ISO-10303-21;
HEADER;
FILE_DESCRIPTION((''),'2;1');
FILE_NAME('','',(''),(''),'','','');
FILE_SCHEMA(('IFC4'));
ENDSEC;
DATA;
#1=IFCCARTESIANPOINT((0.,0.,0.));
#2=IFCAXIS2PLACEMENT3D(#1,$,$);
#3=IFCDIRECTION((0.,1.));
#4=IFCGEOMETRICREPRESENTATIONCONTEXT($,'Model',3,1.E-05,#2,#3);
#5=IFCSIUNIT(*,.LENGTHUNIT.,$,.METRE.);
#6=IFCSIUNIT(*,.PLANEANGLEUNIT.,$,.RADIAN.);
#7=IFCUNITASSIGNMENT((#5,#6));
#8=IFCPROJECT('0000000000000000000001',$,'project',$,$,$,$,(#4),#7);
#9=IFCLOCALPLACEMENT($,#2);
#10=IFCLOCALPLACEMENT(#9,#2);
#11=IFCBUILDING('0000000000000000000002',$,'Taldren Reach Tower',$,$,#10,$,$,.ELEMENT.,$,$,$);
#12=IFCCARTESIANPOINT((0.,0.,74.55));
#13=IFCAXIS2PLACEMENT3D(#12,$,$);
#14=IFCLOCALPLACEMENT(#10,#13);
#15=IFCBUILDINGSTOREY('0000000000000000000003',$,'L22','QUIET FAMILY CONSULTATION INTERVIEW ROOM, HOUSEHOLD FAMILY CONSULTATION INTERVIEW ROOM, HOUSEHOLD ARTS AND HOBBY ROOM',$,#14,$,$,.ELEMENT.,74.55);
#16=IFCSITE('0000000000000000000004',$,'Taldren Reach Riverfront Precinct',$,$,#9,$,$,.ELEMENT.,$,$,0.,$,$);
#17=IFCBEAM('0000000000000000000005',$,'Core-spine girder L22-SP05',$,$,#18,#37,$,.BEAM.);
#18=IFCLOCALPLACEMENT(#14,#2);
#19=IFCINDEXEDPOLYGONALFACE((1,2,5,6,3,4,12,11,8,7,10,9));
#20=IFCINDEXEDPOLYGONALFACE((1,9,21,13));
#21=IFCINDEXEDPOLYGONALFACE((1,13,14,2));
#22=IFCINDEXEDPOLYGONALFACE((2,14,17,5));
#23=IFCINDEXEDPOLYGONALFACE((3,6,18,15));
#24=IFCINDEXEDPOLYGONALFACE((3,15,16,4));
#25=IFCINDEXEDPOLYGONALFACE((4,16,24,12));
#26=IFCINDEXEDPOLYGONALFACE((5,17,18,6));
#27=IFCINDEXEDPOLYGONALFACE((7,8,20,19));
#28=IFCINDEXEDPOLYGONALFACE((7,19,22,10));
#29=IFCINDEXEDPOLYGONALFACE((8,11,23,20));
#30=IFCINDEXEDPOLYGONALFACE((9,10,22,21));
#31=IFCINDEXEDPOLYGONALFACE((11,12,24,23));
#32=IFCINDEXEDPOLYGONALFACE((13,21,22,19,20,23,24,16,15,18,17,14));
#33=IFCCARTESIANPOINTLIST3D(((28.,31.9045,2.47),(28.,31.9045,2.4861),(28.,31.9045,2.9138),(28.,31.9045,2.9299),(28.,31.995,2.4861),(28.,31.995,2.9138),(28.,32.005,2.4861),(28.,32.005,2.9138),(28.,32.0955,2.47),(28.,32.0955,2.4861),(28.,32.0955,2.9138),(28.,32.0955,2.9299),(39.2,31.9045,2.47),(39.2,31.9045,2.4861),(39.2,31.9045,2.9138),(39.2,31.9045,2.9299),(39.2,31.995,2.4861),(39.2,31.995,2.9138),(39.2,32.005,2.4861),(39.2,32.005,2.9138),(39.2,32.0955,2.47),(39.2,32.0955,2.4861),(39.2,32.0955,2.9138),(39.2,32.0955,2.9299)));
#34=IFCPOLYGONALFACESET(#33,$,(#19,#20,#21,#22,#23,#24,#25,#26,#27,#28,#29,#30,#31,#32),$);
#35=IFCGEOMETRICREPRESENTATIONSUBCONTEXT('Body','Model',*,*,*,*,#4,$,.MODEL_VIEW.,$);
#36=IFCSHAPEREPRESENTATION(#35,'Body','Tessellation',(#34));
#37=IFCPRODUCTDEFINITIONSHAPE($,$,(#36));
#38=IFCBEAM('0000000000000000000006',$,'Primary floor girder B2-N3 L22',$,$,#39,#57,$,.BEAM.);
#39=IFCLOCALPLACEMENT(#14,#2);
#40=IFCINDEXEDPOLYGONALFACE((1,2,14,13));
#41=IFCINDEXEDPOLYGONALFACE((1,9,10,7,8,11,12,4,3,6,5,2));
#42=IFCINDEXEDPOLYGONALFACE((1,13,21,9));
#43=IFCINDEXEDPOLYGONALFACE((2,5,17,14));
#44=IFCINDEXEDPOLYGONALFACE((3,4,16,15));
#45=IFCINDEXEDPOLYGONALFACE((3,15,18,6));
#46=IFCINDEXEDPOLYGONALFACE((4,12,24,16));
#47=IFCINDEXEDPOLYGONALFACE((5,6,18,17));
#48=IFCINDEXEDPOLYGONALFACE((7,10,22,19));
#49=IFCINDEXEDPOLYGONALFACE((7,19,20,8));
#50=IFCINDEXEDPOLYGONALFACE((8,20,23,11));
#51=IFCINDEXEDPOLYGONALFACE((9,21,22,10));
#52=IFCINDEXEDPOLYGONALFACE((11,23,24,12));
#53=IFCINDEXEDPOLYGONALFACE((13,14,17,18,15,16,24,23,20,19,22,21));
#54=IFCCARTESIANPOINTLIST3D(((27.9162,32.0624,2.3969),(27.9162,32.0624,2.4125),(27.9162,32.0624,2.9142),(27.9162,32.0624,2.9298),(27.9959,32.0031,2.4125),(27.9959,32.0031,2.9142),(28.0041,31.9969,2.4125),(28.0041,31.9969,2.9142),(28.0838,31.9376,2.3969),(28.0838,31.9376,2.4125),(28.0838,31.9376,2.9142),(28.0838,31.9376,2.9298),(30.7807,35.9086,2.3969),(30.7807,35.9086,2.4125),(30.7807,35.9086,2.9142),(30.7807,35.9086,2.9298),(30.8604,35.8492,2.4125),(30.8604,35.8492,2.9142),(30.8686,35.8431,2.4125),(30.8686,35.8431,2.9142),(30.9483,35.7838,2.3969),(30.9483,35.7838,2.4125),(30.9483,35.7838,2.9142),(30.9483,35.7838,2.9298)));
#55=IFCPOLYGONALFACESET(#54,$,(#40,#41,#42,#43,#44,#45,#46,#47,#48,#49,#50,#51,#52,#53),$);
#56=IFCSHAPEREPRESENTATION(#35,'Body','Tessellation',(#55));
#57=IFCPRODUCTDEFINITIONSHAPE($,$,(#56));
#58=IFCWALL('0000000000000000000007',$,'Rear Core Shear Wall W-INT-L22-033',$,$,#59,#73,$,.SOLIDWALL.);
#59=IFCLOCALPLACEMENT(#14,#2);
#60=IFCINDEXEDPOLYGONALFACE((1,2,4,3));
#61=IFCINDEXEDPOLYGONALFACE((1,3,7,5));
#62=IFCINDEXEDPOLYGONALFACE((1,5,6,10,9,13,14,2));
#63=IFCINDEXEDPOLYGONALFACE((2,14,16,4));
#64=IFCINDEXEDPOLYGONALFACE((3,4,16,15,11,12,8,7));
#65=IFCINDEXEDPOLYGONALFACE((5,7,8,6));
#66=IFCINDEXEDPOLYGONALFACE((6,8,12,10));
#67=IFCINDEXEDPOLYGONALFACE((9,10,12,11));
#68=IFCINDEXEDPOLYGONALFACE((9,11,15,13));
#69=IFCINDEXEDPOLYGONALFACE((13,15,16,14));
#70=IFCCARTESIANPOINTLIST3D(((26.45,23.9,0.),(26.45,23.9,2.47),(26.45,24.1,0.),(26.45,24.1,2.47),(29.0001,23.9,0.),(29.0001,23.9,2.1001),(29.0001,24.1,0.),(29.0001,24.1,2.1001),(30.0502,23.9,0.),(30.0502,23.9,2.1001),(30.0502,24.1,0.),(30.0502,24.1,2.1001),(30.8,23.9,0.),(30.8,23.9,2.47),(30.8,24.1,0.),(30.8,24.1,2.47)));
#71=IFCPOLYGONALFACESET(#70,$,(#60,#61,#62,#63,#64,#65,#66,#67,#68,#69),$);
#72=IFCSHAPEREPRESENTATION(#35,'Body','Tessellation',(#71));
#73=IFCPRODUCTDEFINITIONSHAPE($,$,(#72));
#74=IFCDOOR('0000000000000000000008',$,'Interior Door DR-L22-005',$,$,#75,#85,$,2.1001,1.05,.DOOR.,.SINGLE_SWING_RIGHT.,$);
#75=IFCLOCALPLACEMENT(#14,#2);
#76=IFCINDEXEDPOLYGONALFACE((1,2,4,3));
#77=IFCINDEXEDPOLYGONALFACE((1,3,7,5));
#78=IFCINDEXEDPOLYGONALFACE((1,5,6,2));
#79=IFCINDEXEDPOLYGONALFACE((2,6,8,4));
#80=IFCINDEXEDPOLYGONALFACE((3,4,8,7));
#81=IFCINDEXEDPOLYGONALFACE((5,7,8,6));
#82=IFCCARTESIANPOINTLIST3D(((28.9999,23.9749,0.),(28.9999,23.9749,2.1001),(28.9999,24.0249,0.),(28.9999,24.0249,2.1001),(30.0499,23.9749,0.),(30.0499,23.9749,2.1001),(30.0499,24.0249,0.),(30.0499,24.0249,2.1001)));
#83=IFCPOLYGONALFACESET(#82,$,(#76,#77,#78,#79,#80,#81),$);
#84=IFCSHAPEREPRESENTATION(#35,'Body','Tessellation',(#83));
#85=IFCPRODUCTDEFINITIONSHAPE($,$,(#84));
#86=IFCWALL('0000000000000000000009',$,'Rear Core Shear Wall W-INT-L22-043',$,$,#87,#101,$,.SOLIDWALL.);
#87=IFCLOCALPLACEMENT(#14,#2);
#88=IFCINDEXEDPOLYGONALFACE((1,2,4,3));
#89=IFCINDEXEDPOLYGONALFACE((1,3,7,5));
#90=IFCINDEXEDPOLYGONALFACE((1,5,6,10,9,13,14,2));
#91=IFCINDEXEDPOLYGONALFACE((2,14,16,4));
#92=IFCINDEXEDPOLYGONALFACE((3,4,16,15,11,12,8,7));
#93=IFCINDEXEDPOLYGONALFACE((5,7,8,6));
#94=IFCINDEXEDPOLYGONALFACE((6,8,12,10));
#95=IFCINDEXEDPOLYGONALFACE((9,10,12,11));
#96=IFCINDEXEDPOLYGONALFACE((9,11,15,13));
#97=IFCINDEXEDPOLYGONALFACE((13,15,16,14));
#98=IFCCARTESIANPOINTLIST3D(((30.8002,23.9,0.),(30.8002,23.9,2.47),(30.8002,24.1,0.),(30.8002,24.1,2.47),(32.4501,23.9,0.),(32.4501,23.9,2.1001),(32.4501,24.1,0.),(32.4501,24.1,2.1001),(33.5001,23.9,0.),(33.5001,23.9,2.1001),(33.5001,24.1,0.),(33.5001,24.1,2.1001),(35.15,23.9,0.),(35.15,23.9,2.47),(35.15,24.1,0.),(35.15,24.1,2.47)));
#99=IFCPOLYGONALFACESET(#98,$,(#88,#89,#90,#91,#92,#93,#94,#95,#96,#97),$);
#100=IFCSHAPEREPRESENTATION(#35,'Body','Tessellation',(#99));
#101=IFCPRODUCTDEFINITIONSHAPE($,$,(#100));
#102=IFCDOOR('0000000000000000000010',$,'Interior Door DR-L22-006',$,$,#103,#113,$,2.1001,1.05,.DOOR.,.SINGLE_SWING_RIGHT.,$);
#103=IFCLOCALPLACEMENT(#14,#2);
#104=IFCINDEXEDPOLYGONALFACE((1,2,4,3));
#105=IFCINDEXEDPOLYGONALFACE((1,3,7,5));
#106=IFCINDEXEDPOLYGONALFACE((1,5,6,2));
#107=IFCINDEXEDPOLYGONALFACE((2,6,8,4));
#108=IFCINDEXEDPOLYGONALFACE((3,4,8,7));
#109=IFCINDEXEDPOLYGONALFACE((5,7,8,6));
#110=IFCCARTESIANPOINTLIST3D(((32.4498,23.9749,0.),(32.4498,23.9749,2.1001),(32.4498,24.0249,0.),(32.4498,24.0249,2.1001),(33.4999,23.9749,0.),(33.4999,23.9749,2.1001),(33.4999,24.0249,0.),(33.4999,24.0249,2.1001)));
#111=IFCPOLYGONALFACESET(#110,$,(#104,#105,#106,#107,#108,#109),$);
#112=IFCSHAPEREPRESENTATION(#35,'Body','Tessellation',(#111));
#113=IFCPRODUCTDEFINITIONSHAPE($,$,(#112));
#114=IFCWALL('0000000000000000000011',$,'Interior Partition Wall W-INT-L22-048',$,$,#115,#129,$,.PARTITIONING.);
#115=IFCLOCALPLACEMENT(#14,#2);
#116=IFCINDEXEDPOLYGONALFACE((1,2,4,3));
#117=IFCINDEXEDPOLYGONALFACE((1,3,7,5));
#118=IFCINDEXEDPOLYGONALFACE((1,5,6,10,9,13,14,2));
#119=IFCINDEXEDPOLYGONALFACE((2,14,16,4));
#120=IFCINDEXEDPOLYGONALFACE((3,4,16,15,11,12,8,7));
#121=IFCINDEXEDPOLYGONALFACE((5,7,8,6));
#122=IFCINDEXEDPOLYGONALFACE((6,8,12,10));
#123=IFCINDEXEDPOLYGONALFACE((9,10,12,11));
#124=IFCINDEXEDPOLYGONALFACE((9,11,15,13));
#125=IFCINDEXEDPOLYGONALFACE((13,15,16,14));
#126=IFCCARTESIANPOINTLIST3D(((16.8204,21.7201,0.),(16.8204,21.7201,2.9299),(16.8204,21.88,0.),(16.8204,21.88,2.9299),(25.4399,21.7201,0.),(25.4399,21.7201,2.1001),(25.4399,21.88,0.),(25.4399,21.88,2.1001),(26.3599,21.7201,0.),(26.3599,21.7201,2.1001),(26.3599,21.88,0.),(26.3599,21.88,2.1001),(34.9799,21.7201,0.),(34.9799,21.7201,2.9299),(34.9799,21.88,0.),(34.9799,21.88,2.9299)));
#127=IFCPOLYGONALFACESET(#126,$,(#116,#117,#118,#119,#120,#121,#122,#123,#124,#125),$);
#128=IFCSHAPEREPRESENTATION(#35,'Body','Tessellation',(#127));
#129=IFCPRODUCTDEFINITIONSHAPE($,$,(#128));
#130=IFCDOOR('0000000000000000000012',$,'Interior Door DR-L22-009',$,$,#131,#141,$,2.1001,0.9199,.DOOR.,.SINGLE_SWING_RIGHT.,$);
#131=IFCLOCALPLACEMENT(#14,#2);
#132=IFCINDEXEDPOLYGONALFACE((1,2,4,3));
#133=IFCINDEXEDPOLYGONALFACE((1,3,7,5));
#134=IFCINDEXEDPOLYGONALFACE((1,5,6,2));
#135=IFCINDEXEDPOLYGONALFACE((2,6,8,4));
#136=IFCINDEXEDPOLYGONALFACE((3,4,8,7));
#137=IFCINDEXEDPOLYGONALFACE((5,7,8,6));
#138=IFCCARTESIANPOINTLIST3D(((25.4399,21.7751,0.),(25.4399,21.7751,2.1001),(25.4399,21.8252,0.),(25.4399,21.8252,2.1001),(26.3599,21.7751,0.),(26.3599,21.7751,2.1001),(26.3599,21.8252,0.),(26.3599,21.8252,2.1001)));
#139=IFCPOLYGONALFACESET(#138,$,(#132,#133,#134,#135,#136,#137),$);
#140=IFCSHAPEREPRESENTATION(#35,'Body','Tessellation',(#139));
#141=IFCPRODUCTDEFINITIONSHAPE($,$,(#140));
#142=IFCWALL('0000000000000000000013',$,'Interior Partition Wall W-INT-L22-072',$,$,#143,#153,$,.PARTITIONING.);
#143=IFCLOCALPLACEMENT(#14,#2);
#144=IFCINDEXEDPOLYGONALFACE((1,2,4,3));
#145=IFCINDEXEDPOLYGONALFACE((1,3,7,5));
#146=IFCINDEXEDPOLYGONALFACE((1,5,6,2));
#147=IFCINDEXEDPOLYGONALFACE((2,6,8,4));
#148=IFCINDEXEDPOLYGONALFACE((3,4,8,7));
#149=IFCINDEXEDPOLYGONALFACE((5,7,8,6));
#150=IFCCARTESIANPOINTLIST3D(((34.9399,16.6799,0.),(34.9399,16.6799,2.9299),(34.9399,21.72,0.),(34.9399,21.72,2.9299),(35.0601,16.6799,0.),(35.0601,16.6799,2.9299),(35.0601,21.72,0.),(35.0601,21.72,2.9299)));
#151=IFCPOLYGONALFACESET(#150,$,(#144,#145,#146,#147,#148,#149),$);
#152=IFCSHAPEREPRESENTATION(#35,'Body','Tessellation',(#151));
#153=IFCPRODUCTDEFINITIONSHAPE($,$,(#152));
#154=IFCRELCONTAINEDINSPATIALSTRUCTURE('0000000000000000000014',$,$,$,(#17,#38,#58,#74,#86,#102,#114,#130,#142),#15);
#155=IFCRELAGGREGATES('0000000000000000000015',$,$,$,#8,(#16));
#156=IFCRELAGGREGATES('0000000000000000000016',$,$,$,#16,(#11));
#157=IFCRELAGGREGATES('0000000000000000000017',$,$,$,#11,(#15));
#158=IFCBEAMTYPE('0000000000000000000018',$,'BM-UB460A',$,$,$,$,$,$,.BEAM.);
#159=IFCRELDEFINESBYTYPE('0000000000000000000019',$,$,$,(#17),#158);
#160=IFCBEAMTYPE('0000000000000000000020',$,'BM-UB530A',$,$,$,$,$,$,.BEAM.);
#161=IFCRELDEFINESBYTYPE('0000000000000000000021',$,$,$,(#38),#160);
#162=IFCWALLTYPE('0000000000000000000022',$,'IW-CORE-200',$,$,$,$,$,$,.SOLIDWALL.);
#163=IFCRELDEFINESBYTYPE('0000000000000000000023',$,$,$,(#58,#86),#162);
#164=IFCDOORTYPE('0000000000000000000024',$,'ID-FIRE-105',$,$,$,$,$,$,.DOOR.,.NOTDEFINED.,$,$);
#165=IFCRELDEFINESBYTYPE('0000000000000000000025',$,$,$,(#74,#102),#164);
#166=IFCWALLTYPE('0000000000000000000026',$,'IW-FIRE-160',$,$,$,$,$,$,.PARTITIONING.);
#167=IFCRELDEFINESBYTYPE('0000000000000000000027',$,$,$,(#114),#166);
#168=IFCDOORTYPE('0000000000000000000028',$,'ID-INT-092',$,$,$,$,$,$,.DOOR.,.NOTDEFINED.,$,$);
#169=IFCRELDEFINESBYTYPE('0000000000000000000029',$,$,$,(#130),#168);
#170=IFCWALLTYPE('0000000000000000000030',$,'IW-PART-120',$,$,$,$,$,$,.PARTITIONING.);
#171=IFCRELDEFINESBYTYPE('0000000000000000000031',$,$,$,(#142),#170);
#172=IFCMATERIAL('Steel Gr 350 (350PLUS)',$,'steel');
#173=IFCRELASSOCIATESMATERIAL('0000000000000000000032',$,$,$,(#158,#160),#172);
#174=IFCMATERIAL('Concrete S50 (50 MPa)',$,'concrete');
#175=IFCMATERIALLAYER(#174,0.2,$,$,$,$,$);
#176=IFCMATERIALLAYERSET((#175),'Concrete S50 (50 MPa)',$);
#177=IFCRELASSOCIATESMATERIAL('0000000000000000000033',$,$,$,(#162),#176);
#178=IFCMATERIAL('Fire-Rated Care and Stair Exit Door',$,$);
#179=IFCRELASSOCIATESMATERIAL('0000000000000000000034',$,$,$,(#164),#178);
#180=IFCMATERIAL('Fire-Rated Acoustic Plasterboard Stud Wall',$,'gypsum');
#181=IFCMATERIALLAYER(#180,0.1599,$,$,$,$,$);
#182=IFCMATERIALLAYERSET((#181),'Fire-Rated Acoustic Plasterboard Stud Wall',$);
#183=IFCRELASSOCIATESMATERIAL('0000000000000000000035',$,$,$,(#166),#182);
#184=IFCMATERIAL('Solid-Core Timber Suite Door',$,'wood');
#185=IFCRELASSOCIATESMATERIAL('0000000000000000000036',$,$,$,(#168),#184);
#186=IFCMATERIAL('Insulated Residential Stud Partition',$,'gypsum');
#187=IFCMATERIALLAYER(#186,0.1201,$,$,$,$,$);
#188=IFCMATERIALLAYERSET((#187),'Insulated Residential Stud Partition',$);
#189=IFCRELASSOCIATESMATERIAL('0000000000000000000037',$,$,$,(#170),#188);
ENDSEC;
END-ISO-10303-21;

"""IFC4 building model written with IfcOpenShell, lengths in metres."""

from ifc_helpers import new_model, si_unit, direction, frame, frame_2d, origin, origin_2d, place, context, subcontext, project, spatial, rectangle, i_section, extrude, source, transform, mapped, material, layer, layer_set, material_profile, profile_set, type_object, element, fill, save


model = new_model("IFC4")

# Units and contexts
model_context = context("Model", 3, precision=1e-05, world=origin(), true_north=direction((0.0, 1.0)))
body_context = subcontext(model_context, "Body", "Model", "MODEL_VIEW")
ifc_project = project(units=[si_unit("LENGTHUNIT", "METRE"), si_unit("PLANEANGLEUNIT", "RADIAN")], contexts=[model_context])

# Site, building, storey
site_placement = place(None, origin())
site = spatial("IfcSite", under=ifc_project, at=site_placement, Name="Taldren Reach Riverfront Precinct", CompositionType="ELEMENT", RefElevation=0.0)
building_placement = place(site_placement, origin())
building = spatial("IfcBuilding", under=site, at=building_placement, Name="Taldren Reach Tower", CompositionType="ELEMENT")
storey_placement = place(building_placement, frame((0.0, 0.0, 74.55)))
storey = spatial("IfcBuildingStorey", under=building, at=storey_placement, Name="L22", Description="QUIET FAMILY CONSULTATION INTERVIEW ROOM, HOUSEHOLD FAMILY CONSULTATION INTERVIEW ROOM, HOUSEHOLD ARTS AND HOBBY ROOM", CompositionType="ELEMENT", Elevation=74.55)

# Beams
ifc_material_1 = material(Name="Steel Gr 350 (350PLUS)", Category="steel")
ifc_material_profile_1 = material_profile(ifc_material_1, i_section(OverallWidth=0.1909, OverallDepth=0.46, WebThickness=0.01, FlangeThickness=0.0161, at=origin_2d()), Name="460UB82.1")
ifc_profile_set_1 = profile_set([ifc_material_profile_1], Name="Steel Gr 350 (350PLUS)")
beam_type_1 = type_object("IfcBeamType", Name="BM-UB460A", PredefinedType="BEAM", material=ifc_profile_set_1)
shared_shape_1 = source(origin(), body_context, "Body", "SweptSolid", [
    extrude(i_section(OverallWidth=0.1909, OverallDepth=0.46, WebThickness=0.01, FlangeThickness=0.0161, at=origin_2d()), origin(), (0.0, 0.0, 1.0), 11.2),
])
beam_1_placement = place(storey_placement, frame((28.0, 32.0, 2.7), z_axis=(1.0, 0.0, 0.0), x_axis=(0.0, 1.0, 0.0)))
element("IfcBeam", 1, at=beam_1_placement, inside=storey, type_object=beam_type_1, Name="Core-spine girder L22-SP05", PredefinedType="BEAM", context=body_context, shape_type="MappedRepresentation", body=[
    mapped(shared_shape_1, transform((0.0, 0.0, 0.0), scale=1.0)),
])
ifc_material_profile_2 = material_profile(ifc_material_1, i_section(OverallWidth=0.209, OverallDepth=0.533, WebThickness=0.0103, FlangeThickness=0.0156, at=origin_2d()), Name="530UB92.4")
ifc_profile_set_2 = profile_set([ifc_material_profile_2], Name="Steel Gr 350 (350PLUS)")
beam_type_2 = type_object("IfcBeamType", Name="BM-UB530A", PredefinedType="BEAM", material=ifc_profile_set_2)
shared_shape_2 = source(origin(), body_context, "Body", "SweptSolid", [
    extrude(i_section(OverallWidth=0.209, OverallDepth=0.533, WebThickness=0.0103, FlangeThickness=0.0156, at=origin_2d()), origin(), (0.0, 0.0, 1.0), 4.7957),
])
beam_2_placement = place(storey_placement, frame((28.0, 32.0, 2.6633), z_axis=(0.597309, 0.802011, 0.0), x_axis=(-0.802011, 0.597309, 0.0)))
element("IfcBeam", 2, at=beam_2_placement, inside=storey, type_object=beam_type_2, Name="Primary floor girder B2-N3 L22", PredefinedType="BEAM", context=body_context, shape_type="MappedRepresentation", body=[
    mapped(shared_shape_2, transform((0.0, 0.0, 0.0), scale=1.0)),
])

# Walls, openings, doors
ifc_material_2 = material(Name="Concrete S50 (50 MPa)", Category="concrete")
ifc_layer_1 = layer(ifc_material_2, 0.2)
ifc_layer_set_1 = layer_set([ifc_layer_1], Name="Concrete S50 (50 MPa)")
wall_type_1 = type_object("IfcWallType", Name="IW-CORE-200", PredefinedType="SOLIDWALL", material=ifc_layer_set_1)
shared_shape_3 = source(origin(), body_context, "Body", "SweptSolid", [
    extrude(rectangle(XDim=4.3501, YDim=0.2, at=frame_2d((2.175, 0.0))), origin(), (0.0, 0.0, 1.0), 2.47),
])
wall_1_placement = place(storey_placement, frame((30.8, 24.0, 0.0), z_axis=(0.0, 0.0, 1.0), x_axis=(-1.0, 0.0, 0.0)))
wall_1 = element("IfcWall", 3, at=wall_1_placement, inside=storey, type_object=wall_type_1, Name="Rear Core Shear Wall W-INT-L22-033", PredefinedType="SOLIDWALL", context=body_context, shape_type="MappedRepresentation", body=[
    mapped(shared_shape_3, transform((0.0, 0.0, 0.0), scale=1.0)),
])
shared_shape_4 = source(origin(), body_context, "Body", "SweptSolid", [
    extrude(rectangle(XDim=1.05, YDim=2.1001, at=frame_2d((0.5249, 1.05))), frame((0.0, 0.1099, 0.0), z_axis=(0.0, -1.0, 0.0), x_axis=(1.0, 0.0, 0.0)), (0.0, 0.0, 1.0), 0.22),
])
opening_1_placement = place(wall_1_placement, frame((0.75, 0.0, 0.0)))
opening_1 = element("IfcOpeningElement", 4, at=opening_1_placement, cuts=wall_1, PredefinedType="OPENING", context=body_context, shape_type="MappedRepresentation", body=[
    mapped(shared_shape_4, transform((0.0, 0.0, 0.0), scale=1.0)),
])
ifc_material_3 = material(Name="Fire-Rated Care and Stair Exit Door")
door_type_1 = type_object("IfcDoorType", Name="ID-FIRE-105", OperationType="NOTDEFINED", PredefinedType="DOOR", material=ifc_material_3)
shared_shape_5 = source(origin(), body_context, "Body", "SweptSolid", [
    extrude(rectangle(XDim=1.05, YDim=2.1001, at=frame_2d((0.5249, 1.05))), frame((0.0, 0.0249, 0.0), z_axis=(0.0, -1.0, 0.0), x_axis=(1.0, 0.0, 0.0)), (0.0, 0.0, 1.0), 0.05),
])
door_1_placement = place(opening_1_placement, frame((1.05, 0.0, 0.0), z_axis=(0.0, 0.0, 1.0), x_axis=(-1.0, 0.0, 0.0)))
door_1 = element("IfcDoor", 5, at=door_1_placement, inside=storey, type_object=door_type_1, Name="Interior Door DR-L22-005", OperationType="SINGLE_SWING_RIGHT", OverallHeight=2.1001, OverallWidth=1.05, PredefinedType="DOOR", context=body_context, shape_type="MappedRepresentation", body=[
    mapped(shared_shape_5, transform((0.0, 0.0, 0.0), scale=1.0)),
])
fill(opening_1, door_1)
shared_shape_6 = source(origin(), body_context, "Body", "SweptSolid", [
    extrude(rectangle(XDim=4.3499, YDim=0.2, at=frame_2d((2.1748, 0.0))), origin(), (0.0, 0.0, 1.0), 2.47),
])
wall_2_placement = place(storey_placement, frame((35.1499, 24.0, 0.0), z_axis=(0.0, 0.0, 1.0), x_axis=(-1.0, 0.0, 0.0)))
wall_2 = element("IfcWall", 6, at=wall_2_placement, inside=storey, type_object=wall_type_1, Name="Rear Core Shear Wall W-INT-L22-043", PredefinedType="SOLIDWALL", context=body_context, shape_type="MappedRepresentation", body=[
    mapped(shared_shape_6, transform((0.0, 0.0, 0.0), scale=1.0)),
])
opening_2_placement = place(wall_2_placement, frame((1.6499, 0.0, 0.0)))
opening_2 = element("IfcOpeningElement", 7, at=opening_2_placement, cuts=wall_2, PredefinedType="OPENING", context=body_context, shape_type="MappedRepresentation", body=[
    mapped(shared_shape_4, transform((0.0, 0.0, 0.0), scale=1.0)),
])
door_2_placement = place(opening_2_placement, frame((1.05, 0.0, 0.0), z_axis=(0.0, 0.0, 1.0), x_axis=(-1.0, 0.0, 0.0)))
door_2 = element("IfcDoor", 8, at=door_2_placement, inside=storey, type_object=door_type_1, Name="Interior Door DR-L22-006", OperationType="SINGLE_SWING_RIGHT", OverallHeight=2.1001, OverallWidth=1.05, PredefinedType="DOOR", context=body_context, shape_type="MappedRepresentation", body=[
    mapped(shared_shape_5, transform((0.0, 0.0, 0.0), scale=1.0)),
])
fill(opening_2, door_2)
ifc_material_4 = material(Name="Fire-Rated Acoustic Plasterboard Stud Wall", Category="gypsum")
ifc_layer_2 = layer(ifc_material_4, 0.1599)
ifc_layer_set_2 = layer_set([ifc_layer_2], Name="Fire-Rated Acoustic Plasterboard Stud Wall")
wall_type_2 = type_object("IfcWallType", Name="IW-FIRE-160", PredefinedType="PARTITIONING", material=ifc_layer_set_2)
shared_shape_7 = source(origin(), body_context, "Body", "SweptSolid", [
    extrude(rectangle(XDim=18.1594, YDim=0.1599, at=frame_2d((9.0796, 0.0))), origin(), (0.0, 0.0, 1.0), 2.9299),
])
wall_3_placement = place(storey_placement, frame((34.9797, 21.8, 0.0), z_axis=(0.0, 0.0, 1.0), x_axis=(-1.0, 0.0, 0.0)))
wall_3 = element("IfcWall", 9, at=wall_3_placement, inside=storey, type_object=wall_type_2, Name="Interior Partition Wall W-INT-L22-048", PredefinedType="PARTITIONING", context=body_context, shape_type="MappedRepresentation", body=[
    mapped(shared_shape_7, transform((0.0, 0.0, 0.0), scale=1.0)),
])
shared_shape_8 = source(origin(), body_context, "Body", "SweptSolid", [
    extrude(rectangle(XDim=0.9199, YDim=2.1001, at=frame_2d((0.46, 1.05))), frame((0.0, 0.0898, 0.0), z_axis=(0.0, -1.0, 0.0), x_axis=(1.0, 0.0, 0.0)), (0.0, 0.0, 1.0), 0.1799),
])
opening_3_placement = place(wall_3_placement, frame((8.6199, 0.0, 0.0)))
opening_3 = element("IfcOpeningElement", 10, at=opening_3_placement, cuts=wall_3, PredefinedType="OPENING", context=body_context, shape_type="MappedRepresentation", body=[
    mapped(shared_shape_8, transform((0.0, 0.0, 0.0), scale=1.0)),
])
ifc_material_5 = material(Name="Solid-Core Timber Suite Door", Category="wood")
door_type_2 = type_object("IfcDoorType", Name="ID-INT-092", OperationType="NOTDEFINED", PredefinedType="DOOR", material=ifc_material_5)
shared_shape_9 = source(origin(), body_context, "Body", "SweptSolid", [
    extrude(rectangle(XDim=0.9199, YDim=2.1001, at=frame_2d((0.46, 1.05))), frame((0.0, 0.0249, 0.0), z_axis=(0.0, -1.0, 0.0), x_axis=(1.0, 0.0, 0.0)), (0.0, 0.0, 1.0), 0.05),
])
door_3_placement = place(opening_3_placement, origin())
door_3 = element("IfcDoor", 11, at=door_3_placement, inside=storey, type_object=door_type_2, Name="Interior Door DR-L22-009", OperationType="SINGLE_SWING_RIGHT", OverallHeight=2.1001, OverallWidth=0.9199, PredefinedType="DOOR", context=body_context, shape_type="MappedRepresentation", body=[
    mapped(shared_shape_9, transform((0.0, 0.0, 0.0), scale=1.0)),
])
fill(opening_3, door_3)

# Wall
ifc_material_6 = material(Name="Insulated Residential Stud Partition", Category="gypsum")
ifc_layer_3 = layer(ifc_material_6, 0.1201)
ifc_layer_set_3 = layer_set([ifc_layer_3], Name="Insulated Residential Stud Partition")
wall_type_3 = type_object("IfcWallType", Name="IW-PART-120", PredefinedType="PARTITIONING", material=ifc_layer_set_3)
shared_shape_10 = source(origin(), body_context, "Body", "SweptSolid", [
    extrude(rectangle(XDim=5.04, YDim=0.1201, at=frame_2d((2.52, 0.0))), origin(), (0.0, 0.0, 1.0), 2.9299),
])
wall_4_placement = place(storey_placement, frame((35.0, 21.72, 0.0), z_axis=(0.0, 0.0, 1.0), x_axis=(0.0, -1.0, 0.0)))
element("IfcWall", 12, at=wall_4_placement, inside=storey, type_object=wall_type_3, Name="Interior Partition Wall W-INT-L22-072", PredefinedType="PARTITIONING", context=body_context, shape_type="MappedRepresentation", body=[
    mapped(shared_shape_10, transform((0.0, 0.0, 0.0), scale=1.0)),
])

save(model, "model.ifc")
